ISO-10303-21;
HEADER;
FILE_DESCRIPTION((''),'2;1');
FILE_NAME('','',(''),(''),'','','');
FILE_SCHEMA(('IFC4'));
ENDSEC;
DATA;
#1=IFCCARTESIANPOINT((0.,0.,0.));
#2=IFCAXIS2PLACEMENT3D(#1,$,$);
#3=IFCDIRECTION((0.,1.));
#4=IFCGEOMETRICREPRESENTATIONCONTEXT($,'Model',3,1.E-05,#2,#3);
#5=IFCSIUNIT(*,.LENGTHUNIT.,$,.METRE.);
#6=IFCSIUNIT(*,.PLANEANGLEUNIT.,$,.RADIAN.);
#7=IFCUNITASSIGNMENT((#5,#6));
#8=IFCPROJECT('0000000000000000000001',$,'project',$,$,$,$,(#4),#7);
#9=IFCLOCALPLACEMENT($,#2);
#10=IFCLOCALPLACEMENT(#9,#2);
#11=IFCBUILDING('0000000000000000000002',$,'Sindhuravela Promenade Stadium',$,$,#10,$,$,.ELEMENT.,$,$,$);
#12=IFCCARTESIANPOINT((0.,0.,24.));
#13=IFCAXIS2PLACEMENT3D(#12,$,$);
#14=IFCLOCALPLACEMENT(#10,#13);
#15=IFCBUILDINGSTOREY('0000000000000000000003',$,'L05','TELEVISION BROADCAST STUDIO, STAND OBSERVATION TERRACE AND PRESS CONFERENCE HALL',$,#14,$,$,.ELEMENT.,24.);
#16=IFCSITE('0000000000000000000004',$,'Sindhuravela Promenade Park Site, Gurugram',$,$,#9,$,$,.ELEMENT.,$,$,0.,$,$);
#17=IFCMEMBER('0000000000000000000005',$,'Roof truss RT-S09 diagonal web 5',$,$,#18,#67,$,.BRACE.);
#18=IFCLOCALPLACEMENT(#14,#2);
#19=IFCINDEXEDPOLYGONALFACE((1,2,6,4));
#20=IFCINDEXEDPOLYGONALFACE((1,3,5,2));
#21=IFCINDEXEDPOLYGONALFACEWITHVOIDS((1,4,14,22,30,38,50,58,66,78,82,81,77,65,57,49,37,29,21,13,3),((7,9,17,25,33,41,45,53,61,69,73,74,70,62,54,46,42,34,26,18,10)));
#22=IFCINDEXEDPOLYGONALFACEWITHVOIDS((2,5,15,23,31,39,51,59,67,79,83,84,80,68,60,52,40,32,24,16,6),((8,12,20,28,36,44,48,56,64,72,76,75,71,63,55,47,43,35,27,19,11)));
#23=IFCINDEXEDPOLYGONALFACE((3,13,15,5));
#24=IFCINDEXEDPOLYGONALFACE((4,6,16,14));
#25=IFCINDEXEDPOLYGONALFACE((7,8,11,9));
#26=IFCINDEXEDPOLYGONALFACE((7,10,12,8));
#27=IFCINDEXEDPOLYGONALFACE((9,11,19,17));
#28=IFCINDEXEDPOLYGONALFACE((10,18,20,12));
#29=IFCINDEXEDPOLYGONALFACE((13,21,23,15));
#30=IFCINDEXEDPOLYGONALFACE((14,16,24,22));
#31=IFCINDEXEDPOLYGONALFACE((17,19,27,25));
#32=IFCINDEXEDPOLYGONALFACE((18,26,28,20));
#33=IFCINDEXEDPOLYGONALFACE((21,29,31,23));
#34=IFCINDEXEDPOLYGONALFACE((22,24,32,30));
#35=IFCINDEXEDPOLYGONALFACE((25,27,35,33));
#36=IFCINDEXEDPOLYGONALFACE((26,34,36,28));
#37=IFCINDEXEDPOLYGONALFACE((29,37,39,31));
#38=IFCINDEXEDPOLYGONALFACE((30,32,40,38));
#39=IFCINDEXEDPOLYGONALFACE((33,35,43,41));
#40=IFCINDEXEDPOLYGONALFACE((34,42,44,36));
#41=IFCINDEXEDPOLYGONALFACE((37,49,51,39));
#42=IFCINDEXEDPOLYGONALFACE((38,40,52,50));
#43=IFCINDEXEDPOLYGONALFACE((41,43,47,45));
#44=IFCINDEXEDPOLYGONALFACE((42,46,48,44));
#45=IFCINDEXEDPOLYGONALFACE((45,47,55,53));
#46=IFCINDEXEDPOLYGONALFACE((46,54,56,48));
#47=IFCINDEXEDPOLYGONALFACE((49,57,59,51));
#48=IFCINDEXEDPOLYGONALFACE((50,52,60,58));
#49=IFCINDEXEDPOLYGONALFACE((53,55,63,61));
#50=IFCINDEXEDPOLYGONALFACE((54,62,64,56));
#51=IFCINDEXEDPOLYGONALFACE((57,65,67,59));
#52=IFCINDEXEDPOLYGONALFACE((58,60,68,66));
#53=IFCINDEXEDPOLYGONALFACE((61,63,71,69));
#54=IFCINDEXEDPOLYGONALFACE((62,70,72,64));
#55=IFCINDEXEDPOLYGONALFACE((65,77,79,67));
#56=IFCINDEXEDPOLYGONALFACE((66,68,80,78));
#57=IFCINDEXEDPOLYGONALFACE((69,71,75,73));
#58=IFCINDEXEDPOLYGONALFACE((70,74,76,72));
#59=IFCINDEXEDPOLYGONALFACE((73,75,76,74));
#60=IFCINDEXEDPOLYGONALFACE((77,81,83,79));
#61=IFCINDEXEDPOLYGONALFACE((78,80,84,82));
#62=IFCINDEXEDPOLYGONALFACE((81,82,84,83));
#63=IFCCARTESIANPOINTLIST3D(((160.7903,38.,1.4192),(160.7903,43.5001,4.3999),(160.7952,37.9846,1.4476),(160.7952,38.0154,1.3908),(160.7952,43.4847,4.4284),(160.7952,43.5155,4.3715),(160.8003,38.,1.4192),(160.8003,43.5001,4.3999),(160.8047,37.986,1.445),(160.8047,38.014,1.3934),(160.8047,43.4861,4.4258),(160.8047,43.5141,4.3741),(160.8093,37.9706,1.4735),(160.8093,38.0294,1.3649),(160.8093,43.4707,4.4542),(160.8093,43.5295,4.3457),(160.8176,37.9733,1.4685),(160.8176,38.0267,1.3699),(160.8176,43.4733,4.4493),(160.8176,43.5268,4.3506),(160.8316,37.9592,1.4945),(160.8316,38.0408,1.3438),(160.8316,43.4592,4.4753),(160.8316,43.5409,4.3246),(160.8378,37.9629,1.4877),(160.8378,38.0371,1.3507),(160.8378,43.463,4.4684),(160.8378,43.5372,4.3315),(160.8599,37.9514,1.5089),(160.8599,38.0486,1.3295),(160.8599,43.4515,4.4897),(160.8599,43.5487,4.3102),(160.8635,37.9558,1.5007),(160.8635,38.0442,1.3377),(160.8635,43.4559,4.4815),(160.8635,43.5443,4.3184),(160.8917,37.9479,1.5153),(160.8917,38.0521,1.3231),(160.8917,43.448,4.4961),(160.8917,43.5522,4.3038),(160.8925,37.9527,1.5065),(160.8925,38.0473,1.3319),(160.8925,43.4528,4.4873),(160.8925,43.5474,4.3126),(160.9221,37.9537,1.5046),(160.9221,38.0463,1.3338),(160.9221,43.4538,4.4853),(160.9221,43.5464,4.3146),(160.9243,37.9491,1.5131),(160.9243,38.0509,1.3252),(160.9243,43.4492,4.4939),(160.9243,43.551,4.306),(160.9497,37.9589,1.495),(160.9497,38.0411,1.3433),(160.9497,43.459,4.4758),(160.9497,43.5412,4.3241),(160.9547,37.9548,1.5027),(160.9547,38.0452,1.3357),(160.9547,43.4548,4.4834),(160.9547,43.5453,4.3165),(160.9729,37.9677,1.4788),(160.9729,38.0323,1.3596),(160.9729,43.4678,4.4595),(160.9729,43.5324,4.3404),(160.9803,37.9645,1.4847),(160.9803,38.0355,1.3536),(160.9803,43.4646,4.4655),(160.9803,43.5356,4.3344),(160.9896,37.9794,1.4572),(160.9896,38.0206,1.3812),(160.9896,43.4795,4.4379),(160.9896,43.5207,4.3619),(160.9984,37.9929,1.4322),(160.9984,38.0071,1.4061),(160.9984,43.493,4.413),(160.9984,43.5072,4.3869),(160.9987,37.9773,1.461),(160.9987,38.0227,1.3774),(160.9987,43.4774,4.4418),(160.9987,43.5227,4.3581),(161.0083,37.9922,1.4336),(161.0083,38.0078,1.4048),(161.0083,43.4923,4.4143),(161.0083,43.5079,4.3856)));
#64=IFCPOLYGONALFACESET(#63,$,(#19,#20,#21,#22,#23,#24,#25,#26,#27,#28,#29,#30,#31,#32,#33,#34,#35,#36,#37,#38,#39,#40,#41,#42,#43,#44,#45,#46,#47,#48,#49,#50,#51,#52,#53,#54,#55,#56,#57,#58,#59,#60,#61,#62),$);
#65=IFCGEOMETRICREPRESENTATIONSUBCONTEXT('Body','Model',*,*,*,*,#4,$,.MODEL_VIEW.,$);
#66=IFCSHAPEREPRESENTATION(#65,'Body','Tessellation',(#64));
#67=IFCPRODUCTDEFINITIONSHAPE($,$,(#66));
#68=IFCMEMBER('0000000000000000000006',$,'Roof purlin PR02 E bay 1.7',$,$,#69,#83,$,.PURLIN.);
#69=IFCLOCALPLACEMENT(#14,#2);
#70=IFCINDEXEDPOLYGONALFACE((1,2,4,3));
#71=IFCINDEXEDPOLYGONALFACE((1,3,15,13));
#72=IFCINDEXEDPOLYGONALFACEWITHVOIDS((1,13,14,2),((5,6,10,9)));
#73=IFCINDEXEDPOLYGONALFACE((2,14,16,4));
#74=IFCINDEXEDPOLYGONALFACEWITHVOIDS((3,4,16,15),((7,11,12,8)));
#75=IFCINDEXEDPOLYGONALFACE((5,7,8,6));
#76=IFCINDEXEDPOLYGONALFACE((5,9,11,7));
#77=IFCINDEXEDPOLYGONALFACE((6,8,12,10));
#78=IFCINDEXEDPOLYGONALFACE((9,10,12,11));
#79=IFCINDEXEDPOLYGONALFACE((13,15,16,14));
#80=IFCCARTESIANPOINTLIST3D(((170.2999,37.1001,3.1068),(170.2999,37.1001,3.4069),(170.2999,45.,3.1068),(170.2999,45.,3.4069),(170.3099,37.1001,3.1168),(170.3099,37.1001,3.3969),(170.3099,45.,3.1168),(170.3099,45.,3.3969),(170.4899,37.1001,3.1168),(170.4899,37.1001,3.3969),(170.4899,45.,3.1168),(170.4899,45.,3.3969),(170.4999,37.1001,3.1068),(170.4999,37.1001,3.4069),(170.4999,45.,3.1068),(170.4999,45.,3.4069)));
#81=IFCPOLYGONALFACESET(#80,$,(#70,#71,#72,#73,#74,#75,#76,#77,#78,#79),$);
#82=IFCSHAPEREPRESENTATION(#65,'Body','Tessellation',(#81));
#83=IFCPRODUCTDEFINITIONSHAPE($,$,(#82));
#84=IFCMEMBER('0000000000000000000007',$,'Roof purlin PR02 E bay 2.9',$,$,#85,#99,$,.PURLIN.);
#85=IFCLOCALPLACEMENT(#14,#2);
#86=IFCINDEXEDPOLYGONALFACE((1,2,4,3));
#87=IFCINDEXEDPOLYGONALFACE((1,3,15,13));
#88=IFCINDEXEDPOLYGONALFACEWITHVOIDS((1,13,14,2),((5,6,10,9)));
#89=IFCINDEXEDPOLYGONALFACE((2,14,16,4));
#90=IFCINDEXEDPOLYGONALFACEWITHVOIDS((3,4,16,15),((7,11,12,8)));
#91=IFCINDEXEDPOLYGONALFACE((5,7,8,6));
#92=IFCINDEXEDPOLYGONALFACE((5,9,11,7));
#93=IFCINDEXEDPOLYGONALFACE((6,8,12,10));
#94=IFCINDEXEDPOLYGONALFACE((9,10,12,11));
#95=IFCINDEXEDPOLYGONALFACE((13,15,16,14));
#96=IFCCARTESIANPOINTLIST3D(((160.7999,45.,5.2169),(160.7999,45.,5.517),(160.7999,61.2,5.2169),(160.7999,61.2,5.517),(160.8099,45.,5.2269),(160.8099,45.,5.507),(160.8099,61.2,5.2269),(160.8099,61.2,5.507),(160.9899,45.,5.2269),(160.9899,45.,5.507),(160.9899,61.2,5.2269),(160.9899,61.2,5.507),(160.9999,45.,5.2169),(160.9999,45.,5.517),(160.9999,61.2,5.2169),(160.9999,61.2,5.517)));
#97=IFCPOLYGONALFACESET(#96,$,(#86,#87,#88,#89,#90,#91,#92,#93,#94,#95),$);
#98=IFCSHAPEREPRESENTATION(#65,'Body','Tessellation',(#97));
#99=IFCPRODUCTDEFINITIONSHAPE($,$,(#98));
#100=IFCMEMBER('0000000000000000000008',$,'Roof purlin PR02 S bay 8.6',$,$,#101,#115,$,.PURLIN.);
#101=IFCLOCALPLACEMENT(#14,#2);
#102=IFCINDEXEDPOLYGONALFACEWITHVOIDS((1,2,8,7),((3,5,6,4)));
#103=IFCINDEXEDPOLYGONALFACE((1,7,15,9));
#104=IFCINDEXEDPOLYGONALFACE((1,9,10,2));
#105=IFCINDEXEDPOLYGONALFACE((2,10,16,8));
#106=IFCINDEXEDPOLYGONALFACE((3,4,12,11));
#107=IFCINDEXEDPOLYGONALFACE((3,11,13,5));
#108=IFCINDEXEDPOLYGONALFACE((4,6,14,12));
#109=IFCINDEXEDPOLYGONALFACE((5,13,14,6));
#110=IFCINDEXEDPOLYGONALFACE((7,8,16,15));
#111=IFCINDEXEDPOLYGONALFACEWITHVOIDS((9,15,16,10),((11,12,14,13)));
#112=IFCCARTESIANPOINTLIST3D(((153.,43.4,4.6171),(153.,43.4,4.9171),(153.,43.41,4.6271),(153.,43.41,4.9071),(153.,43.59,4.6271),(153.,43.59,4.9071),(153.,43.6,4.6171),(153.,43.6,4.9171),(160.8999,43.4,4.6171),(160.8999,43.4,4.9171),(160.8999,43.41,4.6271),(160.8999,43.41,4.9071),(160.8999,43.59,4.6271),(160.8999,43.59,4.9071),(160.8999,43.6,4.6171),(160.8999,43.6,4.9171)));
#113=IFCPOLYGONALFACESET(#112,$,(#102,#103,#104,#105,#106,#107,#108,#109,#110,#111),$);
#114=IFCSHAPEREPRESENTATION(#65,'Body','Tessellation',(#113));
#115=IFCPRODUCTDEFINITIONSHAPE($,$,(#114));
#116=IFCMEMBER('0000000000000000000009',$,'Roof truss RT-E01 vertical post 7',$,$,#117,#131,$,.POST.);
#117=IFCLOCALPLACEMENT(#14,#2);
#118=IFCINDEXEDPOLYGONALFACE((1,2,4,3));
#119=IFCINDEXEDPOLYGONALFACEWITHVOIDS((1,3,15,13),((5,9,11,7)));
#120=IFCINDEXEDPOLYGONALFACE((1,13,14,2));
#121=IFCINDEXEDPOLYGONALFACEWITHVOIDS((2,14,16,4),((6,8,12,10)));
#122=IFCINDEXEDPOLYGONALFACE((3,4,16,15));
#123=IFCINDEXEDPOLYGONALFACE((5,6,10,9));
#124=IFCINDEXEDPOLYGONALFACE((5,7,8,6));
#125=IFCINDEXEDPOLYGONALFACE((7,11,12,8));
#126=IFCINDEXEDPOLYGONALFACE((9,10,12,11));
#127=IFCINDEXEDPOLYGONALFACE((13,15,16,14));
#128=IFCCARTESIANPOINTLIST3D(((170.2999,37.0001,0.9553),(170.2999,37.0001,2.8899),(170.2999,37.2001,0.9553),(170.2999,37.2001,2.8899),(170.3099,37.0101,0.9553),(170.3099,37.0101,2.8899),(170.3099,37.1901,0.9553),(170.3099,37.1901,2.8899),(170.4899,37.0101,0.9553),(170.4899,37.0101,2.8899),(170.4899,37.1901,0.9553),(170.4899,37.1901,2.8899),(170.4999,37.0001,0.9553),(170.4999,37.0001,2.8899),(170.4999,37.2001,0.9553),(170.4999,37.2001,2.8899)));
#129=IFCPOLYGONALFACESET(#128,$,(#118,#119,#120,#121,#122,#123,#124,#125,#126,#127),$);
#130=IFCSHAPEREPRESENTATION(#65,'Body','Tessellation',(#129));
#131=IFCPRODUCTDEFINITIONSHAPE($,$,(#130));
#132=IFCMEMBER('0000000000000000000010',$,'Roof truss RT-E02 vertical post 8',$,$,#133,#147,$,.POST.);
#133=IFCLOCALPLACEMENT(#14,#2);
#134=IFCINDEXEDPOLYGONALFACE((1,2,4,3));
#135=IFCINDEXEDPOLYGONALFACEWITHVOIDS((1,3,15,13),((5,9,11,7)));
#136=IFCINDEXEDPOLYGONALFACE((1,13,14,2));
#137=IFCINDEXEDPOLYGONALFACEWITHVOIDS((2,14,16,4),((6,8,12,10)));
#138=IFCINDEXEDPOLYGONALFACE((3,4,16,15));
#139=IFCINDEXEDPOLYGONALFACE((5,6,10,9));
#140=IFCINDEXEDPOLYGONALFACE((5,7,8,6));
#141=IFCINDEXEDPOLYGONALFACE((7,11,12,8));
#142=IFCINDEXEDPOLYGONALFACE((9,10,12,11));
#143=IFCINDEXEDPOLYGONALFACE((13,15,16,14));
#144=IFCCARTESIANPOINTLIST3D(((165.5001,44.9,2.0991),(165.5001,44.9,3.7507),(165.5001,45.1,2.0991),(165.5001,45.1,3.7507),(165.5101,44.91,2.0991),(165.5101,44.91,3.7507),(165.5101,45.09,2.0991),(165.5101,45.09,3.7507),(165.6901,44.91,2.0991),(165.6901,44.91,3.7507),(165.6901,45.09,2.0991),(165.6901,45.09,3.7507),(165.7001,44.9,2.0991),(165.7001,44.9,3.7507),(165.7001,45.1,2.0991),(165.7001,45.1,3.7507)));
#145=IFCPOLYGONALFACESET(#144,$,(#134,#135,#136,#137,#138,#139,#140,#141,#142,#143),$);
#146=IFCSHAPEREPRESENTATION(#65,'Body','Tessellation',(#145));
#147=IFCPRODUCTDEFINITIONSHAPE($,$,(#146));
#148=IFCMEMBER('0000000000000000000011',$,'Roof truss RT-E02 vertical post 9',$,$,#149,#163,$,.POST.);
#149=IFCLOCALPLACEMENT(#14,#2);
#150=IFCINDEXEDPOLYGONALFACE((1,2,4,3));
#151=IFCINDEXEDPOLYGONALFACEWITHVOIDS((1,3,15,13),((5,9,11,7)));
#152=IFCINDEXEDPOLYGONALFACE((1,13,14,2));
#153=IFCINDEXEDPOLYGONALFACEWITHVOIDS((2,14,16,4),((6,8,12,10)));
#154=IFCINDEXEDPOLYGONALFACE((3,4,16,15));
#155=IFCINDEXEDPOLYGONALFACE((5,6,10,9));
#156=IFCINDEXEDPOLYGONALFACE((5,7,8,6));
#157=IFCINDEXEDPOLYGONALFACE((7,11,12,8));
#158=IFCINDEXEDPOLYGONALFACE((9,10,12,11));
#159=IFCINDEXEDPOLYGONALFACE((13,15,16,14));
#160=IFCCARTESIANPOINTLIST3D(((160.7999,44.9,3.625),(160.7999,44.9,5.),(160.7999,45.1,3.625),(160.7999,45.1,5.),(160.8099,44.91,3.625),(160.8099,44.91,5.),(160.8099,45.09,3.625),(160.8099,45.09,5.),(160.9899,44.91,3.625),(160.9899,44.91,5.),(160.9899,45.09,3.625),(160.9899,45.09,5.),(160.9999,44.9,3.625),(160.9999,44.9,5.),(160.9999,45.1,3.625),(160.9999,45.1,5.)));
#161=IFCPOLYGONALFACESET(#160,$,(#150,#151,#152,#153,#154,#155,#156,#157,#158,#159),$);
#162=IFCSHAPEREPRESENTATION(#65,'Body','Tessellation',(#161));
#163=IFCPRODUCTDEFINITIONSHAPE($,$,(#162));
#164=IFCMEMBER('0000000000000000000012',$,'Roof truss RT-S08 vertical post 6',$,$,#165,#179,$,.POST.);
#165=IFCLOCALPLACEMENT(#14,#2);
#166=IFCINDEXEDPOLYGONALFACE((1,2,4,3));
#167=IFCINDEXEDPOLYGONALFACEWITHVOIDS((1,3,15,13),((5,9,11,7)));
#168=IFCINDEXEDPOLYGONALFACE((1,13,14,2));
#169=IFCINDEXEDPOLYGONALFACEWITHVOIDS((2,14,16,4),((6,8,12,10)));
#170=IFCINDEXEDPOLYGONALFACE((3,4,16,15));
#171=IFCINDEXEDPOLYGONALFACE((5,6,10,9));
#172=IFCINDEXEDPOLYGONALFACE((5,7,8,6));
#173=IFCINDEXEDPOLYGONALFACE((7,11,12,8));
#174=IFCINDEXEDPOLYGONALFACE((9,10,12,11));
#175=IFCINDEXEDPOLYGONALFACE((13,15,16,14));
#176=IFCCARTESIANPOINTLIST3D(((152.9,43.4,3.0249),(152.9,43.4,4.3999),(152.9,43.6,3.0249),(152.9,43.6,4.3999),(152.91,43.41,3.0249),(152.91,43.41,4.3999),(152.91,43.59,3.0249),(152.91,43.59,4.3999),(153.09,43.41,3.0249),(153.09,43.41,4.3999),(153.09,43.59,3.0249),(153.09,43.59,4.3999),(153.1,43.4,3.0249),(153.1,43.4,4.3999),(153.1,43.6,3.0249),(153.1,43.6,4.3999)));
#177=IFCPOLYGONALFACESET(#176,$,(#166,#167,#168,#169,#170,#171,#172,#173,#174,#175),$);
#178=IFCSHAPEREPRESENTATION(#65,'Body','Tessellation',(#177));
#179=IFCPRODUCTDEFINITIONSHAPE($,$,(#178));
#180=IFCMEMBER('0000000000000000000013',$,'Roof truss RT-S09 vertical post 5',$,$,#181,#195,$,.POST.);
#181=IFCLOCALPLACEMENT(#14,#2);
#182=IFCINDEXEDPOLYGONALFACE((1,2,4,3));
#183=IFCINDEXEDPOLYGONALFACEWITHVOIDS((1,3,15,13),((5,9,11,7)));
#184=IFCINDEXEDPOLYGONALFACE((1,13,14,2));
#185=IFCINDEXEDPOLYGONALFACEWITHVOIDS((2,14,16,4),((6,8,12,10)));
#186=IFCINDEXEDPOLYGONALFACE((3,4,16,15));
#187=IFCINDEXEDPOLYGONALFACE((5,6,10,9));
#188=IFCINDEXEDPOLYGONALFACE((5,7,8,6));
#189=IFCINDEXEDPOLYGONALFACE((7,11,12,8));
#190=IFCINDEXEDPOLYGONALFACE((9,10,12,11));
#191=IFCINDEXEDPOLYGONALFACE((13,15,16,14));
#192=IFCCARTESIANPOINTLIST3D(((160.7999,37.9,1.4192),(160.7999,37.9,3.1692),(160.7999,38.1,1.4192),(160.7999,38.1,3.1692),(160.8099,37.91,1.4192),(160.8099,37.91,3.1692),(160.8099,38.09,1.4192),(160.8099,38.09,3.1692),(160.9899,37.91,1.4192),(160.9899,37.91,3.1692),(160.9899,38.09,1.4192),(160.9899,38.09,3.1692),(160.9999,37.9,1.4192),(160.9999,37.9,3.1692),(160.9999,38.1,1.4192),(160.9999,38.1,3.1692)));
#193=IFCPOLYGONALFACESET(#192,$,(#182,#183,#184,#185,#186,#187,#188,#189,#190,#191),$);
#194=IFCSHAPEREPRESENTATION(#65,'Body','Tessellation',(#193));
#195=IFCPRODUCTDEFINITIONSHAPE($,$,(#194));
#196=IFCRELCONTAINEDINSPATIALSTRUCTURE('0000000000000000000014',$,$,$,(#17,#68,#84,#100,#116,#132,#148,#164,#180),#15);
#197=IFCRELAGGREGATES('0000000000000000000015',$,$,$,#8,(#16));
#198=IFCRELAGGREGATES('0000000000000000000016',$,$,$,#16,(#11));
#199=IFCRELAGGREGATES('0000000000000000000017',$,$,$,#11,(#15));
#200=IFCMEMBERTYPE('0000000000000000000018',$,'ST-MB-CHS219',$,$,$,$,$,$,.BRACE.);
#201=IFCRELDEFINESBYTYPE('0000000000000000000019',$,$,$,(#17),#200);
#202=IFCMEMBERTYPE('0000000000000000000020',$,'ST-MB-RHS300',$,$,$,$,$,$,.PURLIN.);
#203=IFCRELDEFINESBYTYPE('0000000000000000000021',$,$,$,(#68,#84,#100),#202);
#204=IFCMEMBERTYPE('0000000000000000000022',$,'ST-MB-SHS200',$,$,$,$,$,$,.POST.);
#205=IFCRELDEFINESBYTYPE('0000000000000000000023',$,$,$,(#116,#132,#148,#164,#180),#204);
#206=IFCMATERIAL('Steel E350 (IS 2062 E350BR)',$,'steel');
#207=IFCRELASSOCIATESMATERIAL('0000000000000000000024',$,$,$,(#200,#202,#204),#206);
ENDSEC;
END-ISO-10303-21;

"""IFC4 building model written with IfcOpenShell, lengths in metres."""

from ifc_helpers import new_model, si_unit, direction, frame, origin, origin_2d, place, context, subcontext, project, spatial, hollow_rectangle, hollow_circle, extrude, material, material_profile, profile_set, type_object, element, save


model = new_model("IFC4")

# Units and contexts
model_context = context("Model", 3, precision=1e-05, world=origin(), true_north=direction((0.0, 1.0)))
body_context = subcontext(model_context, "Body", "Model", "MODEL_VIEW")
ifc_project = project(units=[si_unit("LENGTHUNIT", "METRE"), si_unit("PLANEANGLEUNIT", "RADIAN")], contexts=[model_context])

# Site, building, storey
site_placement = place(None, origin())
site = spatial("IfcSite", under=ifc_project, at=site_placement, Name="Sindhuravela Promenade Park Site, Gurugram", CompositionType="ELEMENT", RefElevation=0.0)
building_placement = place(site_placement, origin())
building = spatial("IfcBuilding", under=site, at=building_placement, Name="Sindhuravela Promenade Stadium", CompositionType="ELEMENT")
storey_placement = place(building_placement, frame((0.0, 0.0, 24.0)))
storey = spatial("IfcBuildingStorey", under=building, at=storey_placement, Name="L05", Description="TELEVISION BROADCAST STUDIO, STAND OBSERVATION TERRACE AND PRESS CONFERENCE HALL", CompositionType="ELEMENT", Elevation=24.0)

# Shared definitions
ifc_material_1 = material(Name="Steel E350 (IS 2062 E350BR)", Category="steel")

# Members
ifc_material_profile_1 = material_profile(ifc_material_1, hollow_circle(Radius=0.1096, WallThickness=0.01, at=origin_2d()), Name="CHS 219.1x10")
ifc_profile_set_1 = profile_set([ifc_material_profile_1], Name="Steel E350 (IS 2062 E350BR)")
member_type_1 = type_object("IfcMemberType", Name="ST-MB-CHS219", PredefinedType="BRACE", material=ifc_profile_set_1)
member_1_placement = place(storey_placement, frame((160.8999, 38.0, 1.4192), z_axis=(0.0, 0.879188, 0.476474), x_axis=(-1.0, 0.0, 0.0)))
element("IfcMember", 1, at=member_1_placement, inside=storey, type_object=member_type_1, Name="Roof truss RT-S09 diagonal web 5", PredefinedType="BRACE", context=body_context, shape_type="SweptSolid", body=[
    extrude(hollow_circle(Radius=0.1096, WallThickness=0.01, at=origin_2d()), origin(), (0.0, 0.0, 1.0), 6.2559),
])
ifc_material_profile_2 = material_profile(ifc_material_1, hollow_rectangle(XDim=0.2, YDim=0.3, WallThickness=0.01, at=origin_2d()), Name="RHS 300x200x10")
ifc_profile_set_2 = profile_set([ifc_material_profile_2], Name="Steel E350 (IS 2062 E350BR)")
member_type_2 = type_object("IfcMemberType", Name="ST-MB-RHS300", PredefinedType="PURLIN", material=ifc_profile_set_2)
member_2_placement = place(storey_placement, frame((170.3999, 37.1001, 3.2568), z_axis=(0.0, 1.0, 0.0), x_axis=(-1.0, 0.0, 0.0)))
element("IfcMember", 2, at=member_2_placement, inside=storey, type_object=member_type_2, Name="Roof purlin PR02 E bay 1.7", PredefinedType="PURLIN", context=body_context, shape_type="SweptSolid", body=[
    extrude(hollow_rectangle(XDim=0.2, YDim=0.3, WallThickness=0.01, at=origin_2d()), origin(), (0.0, 0.0, 1.0), 7.8999),
])
member_3_placement = place(storey_placement, frame((160.8999, 45.0, 5.3669), z_axis=(0.0, 1.0, 0.0), x_axis=(-1.0, 0.0, 0.0)))
element("IfcMember", 3, at=member_3_placement, inside=storey, type_object=member_type_2, Name="Roof purlin PR02 E bay 2.9", PredefinedType="PURLIN", context=body_context, shape_type="SweptSolid", body=[
    extrude(hollow_rectangle(XDim=0.2, YDim=0.3, WallThickness=0.01, at=origin_2d()), origin(), (0.0, 0.0, 1.0), 16.2),
])
member_4_placement = place(storey_placement, frame((153.0, 43.5, 4.7671), z_axis=(1.0, 0.0, 0.0), x_axis=(0.0, 1.0, 0.0)))
element("IfcMember", 4, at=member_4_placement, inside=storey, type_object=member_type_2, Name="Roof purlin PR02 S bay 8.6", PredefinedType="PURLIN", context=body_context, shape_type="SweptSolid", body=[
    extrude(hollow_rectangle(XDim=0.2, YDim=0.3, WallThickness=0.01, at=origin_2d()), origin(), (0.0, 0.0, 1.0), 7.8999),
])
ifc_material_profile_3 = material_profile(ifc_material_1, hollow_rectangle(XDim=0.2, YDim=0.2, WallThickness=0.01, at=origin_2d()), Name="SHS 200x200x10")
ifc_profile_set_3 = profile_set([ifc_material_profile_3], Name="Steel E350 (IS 2062 E350BR)")
member_type_3 = type_object("IfcMemberType", Name="ST-MB-SHS200", PredefinedType="POST", material=ifc_profile_set_3)
member_5_placement = place(storey_placement, frame((170.3999, 37.1001, 0.9553), z_axis=(0.0, 0.0, 1.0), x_axis=(1.0, 0.0, 0.0)))
element("IfcMember", 5, at=member_5_placement, inside=storey, type_object=member_type_3, Name="Roof truss RT-E01 vertical post 7", PredefinedType="POST", context=body_context, shape_type="SweptSolid", body=[
    extrude(hollow_rectangle(XDim=0.2, YDim=0.2, WallThickness=0.01, at=origin_2d()), origin(), (0.0, 0.0, 1.0), 1.9346),
])
member_6_placement = place(storey_placement, frame((165.6001, 45.0, 2.0991), z_axis=(0.0, 0.0, 1.0), x_axis=(1.0, 0.0, 0.0)))
element("IfcMember", 6, at=member_6_placement, inside=storey, type_object=member_type_3, Name="Roof truss RT-E02 vertical post 8", PredefinedType="POST", context=body_context, shape_type="SweptSolid", body=[
    extrude(hollow_rectangle(XDim=0.2, YDim=0.2, WallThickness=0.01, at=origin_2d()), origin(), (0.0, 0.0, 1.0), 1.6516),
])
for number, where, z_axis, x_axis, name in (
    (7, (160.8999, 45.0, 3.625), (0.0, 0.0, 1.0), (1.0, 0.0, 0.0), "Roof truss RT-E02 vertical post 9"),
    (8, (153.0, 43.5, 3.0249), (0.0, 0.0, 1.0), (1.0, 0.0, 0.0), "Roof truss RT-S08 vertical post 6"),
):
    element("IfcMember", number, at=place(storey_placement, frame(where, z_axis=z_axis, x_axis=x_axis)), inside=storey, type_object=member_type_3, Name=name, PredefinedType="POST", context=body_context, shape_type="SweptSolid", body=[
        extrude(hollow_rectangle(XDim=0.2, YDim=0.2, WallThickness=0.01, at=origin_2d()), origin(), (0.0, 0.0, 1.0), 1.375),
    ])
member_7_placement = place(storey_placement, frame((160.8999, 38.0, 1.4192), z_axis=(0.0, 0.0, 1.0), x_axis=(1.0, 0.0, 0.0)))
element("IfcMember", 9, at=member_7_placement, inside=storey, type_object=member_type_3, Name="Roof truss RT-S09 vertical post 5", PredefinedType="POST", context=body_context, shape_type="SweptSolid", body=[
    extrude(hollow_rectangle(XDim=0.2, YDim=0.2, WallThickness=0.01, at=origin_2d()), origin(), (0.0, 0.0, 1.0), 1.75),
])

save(model, "model.ifc")
